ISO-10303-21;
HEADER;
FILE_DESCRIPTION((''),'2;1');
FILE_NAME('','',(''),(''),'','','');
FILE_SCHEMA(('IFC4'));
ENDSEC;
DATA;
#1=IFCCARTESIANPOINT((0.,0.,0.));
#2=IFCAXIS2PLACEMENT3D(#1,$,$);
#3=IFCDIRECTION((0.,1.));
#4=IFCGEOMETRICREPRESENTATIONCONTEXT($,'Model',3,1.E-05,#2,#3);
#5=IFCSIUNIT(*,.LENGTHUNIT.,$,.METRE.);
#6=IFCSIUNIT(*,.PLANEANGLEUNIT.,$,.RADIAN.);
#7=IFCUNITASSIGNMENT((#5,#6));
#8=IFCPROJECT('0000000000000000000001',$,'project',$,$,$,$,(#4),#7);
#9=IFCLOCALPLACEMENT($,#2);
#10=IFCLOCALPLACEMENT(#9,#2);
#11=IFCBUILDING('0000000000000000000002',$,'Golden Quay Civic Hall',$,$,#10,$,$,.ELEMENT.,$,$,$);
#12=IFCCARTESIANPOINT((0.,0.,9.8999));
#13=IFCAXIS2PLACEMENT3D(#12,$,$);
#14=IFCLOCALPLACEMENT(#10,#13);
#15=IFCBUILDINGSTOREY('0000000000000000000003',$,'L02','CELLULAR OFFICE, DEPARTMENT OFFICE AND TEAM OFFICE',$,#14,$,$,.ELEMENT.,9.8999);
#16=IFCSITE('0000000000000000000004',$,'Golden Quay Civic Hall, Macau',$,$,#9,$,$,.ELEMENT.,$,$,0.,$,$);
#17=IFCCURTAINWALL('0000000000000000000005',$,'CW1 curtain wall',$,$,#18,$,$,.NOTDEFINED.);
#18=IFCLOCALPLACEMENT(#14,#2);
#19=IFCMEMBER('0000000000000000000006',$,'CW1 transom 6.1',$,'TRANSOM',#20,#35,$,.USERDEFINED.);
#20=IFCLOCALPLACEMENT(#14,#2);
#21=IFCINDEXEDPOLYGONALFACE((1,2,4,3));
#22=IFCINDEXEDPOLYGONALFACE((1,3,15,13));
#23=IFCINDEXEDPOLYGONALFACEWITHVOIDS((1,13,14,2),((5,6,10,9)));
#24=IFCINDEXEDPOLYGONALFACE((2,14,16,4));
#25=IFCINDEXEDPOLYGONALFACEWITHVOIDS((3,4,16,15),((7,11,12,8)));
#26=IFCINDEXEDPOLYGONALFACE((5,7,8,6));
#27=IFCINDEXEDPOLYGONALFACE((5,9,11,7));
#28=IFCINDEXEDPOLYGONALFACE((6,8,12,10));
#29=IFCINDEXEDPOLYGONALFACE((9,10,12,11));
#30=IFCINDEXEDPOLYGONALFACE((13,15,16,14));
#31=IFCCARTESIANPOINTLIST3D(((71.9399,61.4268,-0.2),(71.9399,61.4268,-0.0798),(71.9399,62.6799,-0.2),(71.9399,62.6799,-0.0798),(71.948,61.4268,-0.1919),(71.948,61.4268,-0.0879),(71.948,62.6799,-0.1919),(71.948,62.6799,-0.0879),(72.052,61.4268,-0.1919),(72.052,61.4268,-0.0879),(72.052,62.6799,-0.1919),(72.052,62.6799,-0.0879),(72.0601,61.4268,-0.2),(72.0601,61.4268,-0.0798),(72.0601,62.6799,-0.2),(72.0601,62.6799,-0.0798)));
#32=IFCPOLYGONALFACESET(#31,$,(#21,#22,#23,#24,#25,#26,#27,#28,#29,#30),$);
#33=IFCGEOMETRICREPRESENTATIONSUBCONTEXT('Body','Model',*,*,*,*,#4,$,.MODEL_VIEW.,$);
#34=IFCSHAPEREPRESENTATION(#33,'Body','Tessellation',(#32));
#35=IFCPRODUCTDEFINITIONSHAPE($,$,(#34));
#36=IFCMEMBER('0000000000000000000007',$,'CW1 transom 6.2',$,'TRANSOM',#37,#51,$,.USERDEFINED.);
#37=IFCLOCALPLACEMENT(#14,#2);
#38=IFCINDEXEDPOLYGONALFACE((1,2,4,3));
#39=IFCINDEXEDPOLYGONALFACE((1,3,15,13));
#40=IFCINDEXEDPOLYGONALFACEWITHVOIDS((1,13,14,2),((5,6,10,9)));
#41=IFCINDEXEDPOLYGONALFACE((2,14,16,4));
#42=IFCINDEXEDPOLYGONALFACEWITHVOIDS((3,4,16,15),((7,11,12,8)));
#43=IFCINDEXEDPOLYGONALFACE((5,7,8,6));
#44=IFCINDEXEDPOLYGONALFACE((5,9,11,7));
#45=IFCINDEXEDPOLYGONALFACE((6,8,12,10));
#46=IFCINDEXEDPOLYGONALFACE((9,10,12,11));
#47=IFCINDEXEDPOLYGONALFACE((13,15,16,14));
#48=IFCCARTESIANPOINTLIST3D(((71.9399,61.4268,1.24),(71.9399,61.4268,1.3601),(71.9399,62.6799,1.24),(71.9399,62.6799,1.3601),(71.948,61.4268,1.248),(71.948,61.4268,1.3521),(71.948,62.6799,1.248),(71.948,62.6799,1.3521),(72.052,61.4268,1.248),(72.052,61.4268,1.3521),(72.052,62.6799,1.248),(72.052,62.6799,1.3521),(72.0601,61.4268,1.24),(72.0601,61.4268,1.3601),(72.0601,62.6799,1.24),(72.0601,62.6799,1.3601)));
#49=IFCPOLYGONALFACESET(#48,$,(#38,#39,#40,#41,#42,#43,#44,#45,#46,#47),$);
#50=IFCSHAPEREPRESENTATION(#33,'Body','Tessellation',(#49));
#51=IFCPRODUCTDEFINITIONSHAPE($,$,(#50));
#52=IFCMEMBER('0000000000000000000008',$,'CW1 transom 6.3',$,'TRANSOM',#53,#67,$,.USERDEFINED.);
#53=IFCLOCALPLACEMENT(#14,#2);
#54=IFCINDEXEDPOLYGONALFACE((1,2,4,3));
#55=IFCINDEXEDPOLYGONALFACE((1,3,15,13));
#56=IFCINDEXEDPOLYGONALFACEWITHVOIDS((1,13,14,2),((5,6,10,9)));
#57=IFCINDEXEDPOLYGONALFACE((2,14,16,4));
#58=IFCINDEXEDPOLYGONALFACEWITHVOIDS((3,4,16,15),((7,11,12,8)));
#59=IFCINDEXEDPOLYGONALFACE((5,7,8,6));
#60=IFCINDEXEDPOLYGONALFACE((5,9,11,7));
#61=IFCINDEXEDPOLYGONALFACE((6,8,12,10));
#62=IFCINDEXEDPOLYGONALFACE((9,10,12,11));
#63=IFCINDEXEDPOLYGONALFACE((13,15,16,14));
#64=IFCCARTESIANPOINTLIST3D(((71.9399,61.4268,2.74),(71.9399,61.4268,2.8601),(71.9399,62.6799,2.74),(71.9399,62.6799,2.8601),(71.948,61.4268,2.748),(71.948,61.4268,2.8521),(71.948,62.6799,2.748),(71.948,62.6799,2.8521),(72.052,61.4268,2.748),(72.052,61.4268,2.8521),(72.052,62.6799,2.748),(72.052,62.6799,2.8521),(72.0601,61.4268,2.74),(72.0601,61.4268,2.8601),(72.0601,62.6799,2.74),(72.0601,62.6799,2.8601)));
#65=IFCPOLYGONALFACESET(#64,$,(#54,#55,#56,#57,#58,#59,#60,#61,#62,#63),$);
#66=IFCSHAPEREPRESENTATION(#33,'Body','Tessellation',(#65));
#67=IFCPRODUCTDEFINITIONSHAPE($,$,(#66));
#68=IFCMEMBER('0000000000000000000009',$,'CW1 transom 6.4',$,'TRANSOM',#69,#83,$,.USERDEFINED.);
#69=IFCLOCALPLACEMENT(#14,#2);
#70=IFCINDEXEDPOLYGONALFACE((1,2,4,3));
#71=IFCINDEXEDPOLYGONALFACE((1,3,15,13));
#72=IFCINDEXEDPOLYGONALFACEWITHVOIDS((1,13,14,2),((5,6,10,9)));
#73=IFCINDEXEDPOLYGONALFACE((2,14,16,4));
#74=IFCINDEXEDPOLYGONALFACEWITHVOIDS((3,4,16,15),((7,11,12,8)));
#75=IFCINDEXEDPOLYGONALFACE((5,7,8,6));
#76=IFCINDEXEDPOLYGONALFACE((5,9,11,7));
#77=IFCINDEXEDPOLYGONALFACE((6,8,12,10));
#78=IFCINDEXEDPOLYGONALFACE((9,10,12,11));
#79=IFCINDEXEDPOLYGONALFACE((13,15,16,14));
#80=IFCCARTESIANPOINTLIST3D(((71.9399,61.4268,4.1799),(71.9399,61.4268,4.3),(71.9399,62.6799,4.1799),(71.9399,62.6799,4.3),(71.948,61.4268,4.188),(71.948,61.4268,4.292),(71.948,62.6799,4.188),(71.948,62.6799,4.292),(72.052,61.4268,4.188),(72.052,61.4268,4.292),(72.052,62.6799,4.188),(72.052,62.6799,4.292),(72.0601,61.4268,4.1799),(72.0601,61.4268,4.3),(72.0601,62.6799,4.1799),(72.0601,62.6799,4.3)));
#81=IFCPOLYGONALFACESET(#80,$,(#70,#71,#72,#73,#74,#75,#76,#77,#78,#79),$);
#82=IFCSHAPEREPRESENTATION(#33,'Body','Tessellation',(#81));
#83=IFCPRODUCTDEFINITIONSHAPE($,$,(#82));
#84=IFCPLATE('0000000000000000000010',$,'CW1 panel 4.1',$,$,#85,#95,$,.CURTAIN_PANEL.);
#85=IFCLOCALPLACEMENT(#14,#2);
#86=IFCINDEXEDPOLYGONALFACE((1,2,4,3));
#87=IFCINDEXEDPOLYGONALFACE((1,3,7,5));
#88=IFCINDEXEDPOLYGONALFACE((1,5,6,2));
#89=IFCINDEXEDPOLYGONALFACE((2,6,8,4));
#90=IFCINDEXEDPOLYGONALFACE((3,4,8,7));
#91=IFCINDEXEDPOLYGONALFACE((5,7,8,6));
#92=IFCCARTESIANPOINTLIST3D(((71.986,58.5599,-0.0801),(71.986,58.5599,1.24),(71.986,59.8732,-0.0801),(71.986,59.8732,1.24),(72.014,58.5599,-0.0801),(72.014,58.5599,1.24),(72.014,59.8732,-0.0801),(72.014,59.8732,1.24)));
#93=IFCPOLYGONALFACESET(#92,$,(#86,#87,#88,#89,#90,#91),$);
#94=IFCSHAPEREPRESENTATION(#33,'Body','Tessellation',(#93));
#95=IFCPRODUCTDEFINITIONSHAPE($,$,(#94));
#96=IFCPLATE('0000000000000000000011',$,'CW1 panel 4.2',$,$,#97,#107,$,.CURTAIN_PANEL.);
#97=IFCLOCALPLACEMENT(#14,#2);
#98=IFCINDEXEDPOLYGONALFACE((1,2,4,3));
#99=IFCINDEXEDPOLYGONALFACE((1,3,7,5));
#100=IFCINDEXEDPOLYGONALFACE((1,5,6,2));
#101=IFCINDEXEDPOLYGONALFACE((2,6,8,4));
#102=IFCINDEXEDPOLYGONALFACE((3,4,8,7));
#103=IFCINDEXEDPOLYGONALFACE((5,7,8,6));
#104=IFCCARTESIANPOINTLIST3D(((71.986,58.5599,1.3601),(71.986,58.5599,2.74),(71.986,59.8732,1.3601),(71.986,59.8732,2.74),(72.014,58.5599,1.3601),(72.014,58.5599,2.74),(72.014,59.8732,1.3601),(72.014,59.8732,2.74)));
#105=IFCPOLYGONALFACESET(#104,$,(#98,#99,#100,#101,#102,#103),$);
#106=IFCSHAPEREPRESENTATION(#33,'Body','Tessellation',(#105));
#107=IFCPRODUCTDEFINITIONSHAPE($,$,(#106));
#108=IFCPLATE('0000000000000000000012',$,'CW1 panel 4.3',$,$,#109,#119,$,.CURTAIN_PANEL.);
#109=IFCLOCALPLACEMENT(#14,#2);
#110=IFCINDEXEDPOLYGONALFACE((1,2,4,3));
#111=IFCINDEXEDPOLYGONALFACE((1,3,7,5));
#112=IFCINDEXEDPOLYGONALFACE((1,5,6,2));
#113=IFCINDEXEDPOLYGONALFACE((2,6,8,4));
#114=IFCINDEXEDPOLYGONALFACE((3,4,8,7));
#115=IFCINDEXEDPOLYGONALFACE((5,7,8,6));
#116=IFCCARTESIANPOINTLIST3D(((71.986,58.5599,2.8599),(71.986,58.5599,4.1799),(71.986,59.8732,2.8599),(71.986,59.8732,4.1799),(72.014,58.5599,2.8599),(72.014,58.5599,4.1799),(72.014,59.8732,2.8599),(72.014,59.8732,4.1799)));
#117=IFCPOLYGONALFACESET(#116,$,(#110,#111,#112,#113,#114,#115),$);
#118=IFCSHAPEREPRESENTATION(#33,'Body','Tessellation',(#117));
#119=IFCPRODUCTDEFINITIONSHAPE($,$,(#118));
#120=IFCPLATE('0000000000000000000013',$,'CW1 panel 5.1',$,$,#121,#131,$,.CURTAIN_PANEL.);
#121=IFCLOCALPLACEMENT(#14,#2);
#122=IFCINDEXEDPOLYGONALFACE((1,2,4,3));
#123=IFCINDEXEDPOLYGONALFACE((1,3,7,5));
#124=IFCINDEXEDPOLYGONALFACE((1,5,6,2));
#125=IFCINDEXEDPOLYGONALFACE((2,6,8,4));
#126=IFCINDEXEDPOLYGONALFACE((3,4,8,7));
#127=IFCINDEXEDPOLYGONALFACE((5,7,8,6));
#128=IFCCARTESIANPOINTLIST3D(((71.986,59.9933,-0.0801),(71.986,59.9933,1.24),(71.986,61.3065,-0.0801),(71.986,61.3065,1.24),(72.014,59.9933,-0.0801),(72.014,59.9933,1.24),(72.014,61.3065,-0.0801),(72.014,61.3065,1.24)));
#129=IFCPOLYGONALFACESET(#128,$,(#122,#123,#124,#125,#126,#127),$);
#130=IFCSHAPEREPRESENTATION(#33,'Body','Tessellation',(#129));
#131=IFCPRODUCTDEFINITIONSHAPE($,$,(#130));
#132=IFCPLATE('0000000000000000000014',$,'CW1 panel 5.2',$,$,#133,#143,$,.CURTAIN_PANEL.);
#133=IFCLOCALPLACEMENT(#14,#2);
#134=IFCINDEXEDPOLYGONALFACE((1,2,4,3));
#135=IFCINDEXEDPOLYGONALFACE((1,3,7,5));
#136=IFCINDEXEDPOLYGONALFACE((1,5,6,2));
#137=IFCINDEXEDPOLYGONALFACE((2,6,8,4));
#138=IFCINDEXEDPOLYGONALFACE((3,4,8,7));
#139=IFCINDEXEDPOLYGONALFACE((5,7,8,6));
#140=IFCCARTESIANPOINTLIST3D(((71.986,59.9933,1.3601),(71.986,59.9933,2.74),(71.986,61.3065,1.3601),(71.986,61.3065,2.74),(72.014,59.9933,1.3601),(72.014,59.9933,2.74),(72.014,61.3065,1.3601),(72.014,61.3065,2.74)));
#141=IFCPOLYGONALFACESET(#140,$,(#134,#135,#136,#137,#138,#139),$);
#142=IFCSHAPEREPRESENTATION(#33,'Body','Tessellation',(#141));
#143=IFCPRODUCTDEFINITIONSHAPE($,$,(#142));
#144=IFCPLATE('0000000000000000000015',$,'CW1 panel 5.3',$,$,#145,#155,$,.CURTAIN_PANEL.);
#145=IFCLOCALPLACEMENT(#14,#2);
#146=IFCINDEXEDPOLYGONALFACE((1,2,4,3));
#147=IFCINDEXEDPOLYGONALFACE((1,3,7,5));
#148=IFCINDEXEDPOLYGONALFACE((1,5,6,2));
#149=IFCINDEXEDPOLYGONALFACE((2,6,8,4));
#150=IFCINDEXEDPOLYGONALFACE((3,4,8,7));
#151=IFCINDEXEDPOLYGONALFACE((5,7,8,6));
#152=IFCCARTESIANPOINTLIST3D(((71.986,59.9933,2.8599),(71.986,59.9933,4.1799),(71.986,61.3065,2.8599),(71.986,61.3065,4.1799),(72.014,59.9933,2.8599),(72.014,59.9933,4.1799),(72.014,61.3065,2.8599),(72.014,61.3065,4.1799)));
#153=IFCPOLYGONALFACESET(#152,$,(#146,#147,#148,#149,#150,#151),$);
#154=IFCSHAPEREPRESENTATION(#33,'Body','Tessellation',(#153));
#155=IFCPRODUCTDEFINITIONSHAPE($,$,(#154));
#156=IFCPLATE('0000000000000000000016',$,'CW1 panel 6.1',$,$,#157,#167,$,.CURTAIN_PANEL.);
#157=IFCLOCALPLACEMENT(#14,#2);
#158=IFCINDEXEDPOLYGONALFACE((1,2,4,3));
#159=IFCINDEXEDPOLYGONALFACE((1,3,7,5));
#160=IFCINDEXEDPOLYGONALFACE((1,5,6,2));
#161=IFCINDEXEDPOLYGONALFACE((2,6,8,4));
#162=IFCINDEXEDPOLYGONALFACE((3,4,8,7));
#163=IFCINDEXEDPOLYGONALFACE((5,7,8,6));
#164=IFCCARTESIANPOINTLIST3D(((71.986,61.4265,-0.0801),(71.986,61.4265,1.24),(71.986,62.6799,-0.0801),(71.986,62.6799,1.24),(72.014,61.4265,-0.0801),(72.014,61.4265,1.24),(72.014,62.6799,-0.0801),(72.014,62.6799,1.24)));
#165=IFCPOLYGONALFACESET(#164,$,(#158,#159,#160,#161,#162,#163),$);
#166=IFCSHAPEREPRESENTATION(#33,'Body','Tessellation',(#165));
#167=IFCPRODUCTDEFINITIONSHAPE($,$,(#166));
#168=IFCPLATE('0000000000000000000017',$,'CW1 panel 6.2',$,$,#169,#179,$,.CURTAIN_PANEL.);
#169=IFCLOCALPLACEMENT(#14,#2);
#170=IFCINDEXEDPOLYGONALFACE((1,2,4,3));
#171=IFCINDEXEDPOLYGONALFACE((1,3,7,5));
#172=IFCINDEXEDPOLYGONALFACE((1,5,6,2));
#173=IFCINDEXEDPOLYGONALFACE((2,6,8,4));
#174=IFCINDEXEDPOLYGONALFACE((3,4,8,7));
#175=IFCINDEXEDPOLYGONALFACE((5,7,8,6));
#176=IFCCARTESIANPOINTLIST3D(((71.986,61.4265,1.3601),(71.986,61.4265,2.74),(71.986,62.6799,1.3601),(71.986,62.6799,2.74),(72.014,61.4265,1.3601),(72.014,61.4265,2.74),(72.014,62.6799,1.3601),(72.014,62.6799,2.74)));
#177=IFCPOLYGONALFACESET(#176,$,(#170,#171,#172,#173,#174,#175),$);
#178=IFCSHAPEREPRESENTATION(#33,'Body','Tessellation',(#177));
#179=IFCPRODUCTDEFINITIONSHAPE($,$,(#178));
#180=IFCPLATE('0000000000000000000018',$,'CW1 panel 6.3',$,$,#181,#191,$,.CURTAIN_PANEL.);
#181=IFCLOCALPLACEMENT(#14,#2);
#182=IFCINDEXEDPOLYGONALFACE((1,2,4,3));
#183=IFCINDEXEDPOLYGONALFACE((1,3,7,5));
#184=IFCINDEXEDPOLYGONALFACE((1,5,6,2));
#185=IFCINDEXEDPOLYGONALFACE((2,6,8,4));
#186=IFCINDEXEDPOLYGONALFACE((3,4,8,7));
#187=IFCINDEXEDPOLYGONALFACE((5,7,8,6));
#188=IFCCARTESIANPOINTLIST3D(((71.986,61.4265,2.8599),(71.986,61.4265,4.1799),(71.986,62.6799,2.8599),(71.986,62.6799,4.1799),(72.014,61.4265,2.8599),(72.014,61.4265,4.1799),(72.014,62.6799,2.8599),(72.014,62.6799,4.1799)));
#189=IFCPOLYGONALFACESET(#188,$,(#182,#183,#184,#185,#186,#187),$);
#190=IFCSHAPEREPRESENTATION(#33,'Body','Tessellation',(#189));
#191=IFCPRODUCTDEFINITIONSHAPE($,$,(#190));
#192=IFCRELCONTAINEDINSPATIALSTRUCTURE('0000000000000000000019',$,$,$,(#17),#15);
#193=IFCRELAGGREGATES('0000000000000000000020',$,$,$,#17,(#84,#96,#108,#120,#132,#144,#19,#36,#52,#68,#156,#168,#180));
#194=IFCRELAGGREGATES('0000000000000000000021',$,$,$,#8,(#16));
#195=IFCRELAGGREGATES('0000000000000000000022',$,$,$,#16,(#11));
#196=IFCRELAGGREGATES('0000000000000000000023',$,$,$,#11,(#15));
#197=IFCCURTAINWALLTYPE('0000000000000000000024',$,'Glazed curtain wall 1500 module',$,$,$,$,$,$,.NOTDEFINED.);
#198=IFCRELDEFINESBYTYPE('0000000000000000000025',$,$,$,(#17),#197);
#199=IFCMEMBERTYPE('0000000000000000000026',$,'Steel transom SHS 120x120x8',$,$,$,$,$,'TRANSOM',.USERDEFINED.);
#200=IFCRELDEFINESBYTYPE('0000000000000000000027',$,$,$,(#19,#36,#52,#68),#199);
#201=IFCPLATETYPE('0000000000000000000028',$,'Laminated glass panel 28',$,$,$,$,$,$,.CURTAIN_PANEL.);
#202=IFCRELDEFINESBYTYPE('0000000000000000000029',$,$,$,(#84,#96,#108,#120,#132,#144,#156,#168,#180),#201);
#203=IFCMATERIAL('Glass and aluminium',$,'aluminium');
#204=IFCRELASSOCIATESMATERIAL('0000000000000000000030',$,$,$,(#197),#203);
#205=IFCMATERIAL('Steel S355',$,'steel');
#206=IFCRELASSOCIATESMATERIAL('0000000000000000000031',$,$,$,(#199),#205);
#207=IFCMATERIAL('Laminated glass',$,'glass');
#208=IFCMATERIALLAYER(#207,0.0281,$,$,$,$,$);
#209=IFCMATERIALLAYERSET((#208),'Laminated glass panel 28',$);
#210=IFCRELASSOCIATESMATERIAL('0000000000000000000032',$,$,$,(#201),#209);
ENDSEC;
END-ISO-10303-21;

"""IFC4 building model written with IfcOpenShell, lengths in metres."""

from ifc_helpers import new_model, si_unit, direction, frame, origin, origin_2d, place, context, subcontext, project, spatial, rectangle, hollow_rectangle, extrude, material, layer, layer_set, material_profile, profile_set, type_object, element, aggregate, save


model = new_model("IFC4")

# Units and contexts
model_context = context("Model", 3, precision=1e-05, world=origin(), true_north=direction((0.0, 1.0)))
body_context = subcontext(model_context, "Body", "Model", "MODEL_VIEW")
ifc_project = project(units=[si_unit("LENGTHUNIT", "METRE"), si_unit("PLANEANGLEUNIT", "RADIAN")], contexts=[model_context])

# Site, building, storey
site_placement = place(None, origin())
site = spatial("IfcSite", under=ifc_project, at=site_placement, Name="Golden Quay Civic Hall, Macau", CompositionType="ELEMENT", RefElevation=0.0)
building_placement = place(site_placement, origin())
building = spatial("IfcBuilding", under=site, at=building_placement, Name="Golden Quay Civic Hall", CompositionType="ELEMENT")
storey_placement = place(building_placement, frame((0.0, 0.0, 9.8999)))
storey = spatial("IfcBuildingStorey", under=building, at=storey_placement, Name="L02", Description="CELLULAR OFFICE, DEPARTMENT OFFICE AND TEAM OFFICE", CompositionType="ELEMENT", Elevation=9.8999)

# Curtain wall, members, plates
ifc_material_1 = material(Name="Glass and aluminium", Category="aluminium")
curtain_wall_type = type_object("IfcCurtainWallType", Name="Glazed curtain wall 1500 module", PredefinedType="NOTDEFINED", material=ifc_material_1)
curtain_wall_placement = place(storey_placement, origin())
curtain_wall = element("IfcCurtainWall", 1, at=curtain_wall_placement, inside=storey, type_object=curtain_wall_type, Name="CW1 curtain wall", PredefinedType="NOTDEFINED")
ifc_material_2 = material(Name="Steel S355", Category="steel")
ifc_material_profile_1 = material_profile(ifc_material_2, hollow_rectangle(XDim=0.1201, YDim=0.1201, WallThickness=0.0081, at=origin_2d()), Name="SHS 120x120x8")
ifc_profile_set_1 = profile_set([ifc_material_profile_1], Name="Steel S355")
member_type_1 = type_object("IfcMemberType", Name="Steel transom SHS 120x120x8", ElementType="TRANSOM", PredefinedType="USERDEFINED", material=ifc_profile_set_1)
member_1_placement = place(storey_placement, frame((72.0, 61.4268, -0.1399), z_axis=(0.0, 1.0, 0.0), x_axis=(-1.0, 0.0, 0.0)))
member_1 = element("IfcMember", 2, at=member_1_placement, type_object=member_type_1, Name="CW1 transom 6.1", ObjectType="TRANSOM", PredefinedType="USERDEFINED", context=body_context, shape_type="SweptSolid", body=[
    extrude(hollow_rectangle(XDim=0.1201, YDim=0.1201, WallThickness=0.0081, at=origin_2d()), origin(), (0.0, 0.0, 1.0), 1.2532),
])
member_2_placement = place(storey_placement, frame((72.0, 61.4268, 1.3), z_axis=(0.0, 1.0, 0.0), x_axis=(-1.0, 0.0, 0.0)))
member_2 = element("IfcMember", 3, at=member_2_placement, type_object=member_type_1, Name="CW1 transom 6.2", ObjectType="TRANSOM", PredefinedType="USERDEFINED", context=body_context, shape_type="SweptSolid", body=[
    extrude(hollow_rectangle(XDim=0.1201, YDim=0.1201, WallThickness=0.0081, at=origin_2d()), origin(), (0.0, 0.0, 1.0), 1.2532),
])
member_3_placement = place(storey_placement, frame((72.0, 61.4268, 2.8), z_axis=(0.0, 1.0, 0.0), x_axis=(-1.0, 0.0, 0.0)))
member_3 = element("IfcMember", 4, at=member_3_placement, type_object=member_type_1, Name="CW1 transom 6.3", ObjectType="TRANSOM", PredefinedType="USERDEFINED", context=body_context, shape_type="SweptSolid", body=[
    extrude(hollow_rectangle(XDim=0.1201, YDim=0.1201, WallThickness=0.0081, at=origin_2d()), origin(), (0.0, 0.0, 1.0), 1.2532),
])
member_4_placement = place(storey_placement, frame((72.0, 61.4268, 4.24), z_axis=(0.0, 1.0, 0.0), x_axis=(-1.0, 0.0, 0.0)))
member_4 = element("IfcMember", 5, at=member_4_placement, type_object=member_type_1, Name="CW1 transom 6.4", ObjectType="TRANSOM", PredefinedType="USERDEFINED", context=body_context, shape_type="SweptSolid", body=[
    extrude(hollow_rectangle(XDim=0.1201, YDim=0.1201, WallThickness=0.0081, at=origin_2d()), origin(), (0.0, 0.0, 1.0), 1.2532),
])
ifc_material_3 = material(Name="Laminated glass", Category="glass")
ifc_layer = layer(ifc_material_3, 0.0281)
ifc_layer_set = layer_set([ifc_layer], Name="Laminated glass panel 28")
plate_type = type_object("IfcPlateType", Name="Laminated glass panel 28", PredefinedType="CURTAIN_PANEL", material=ifc_layer_set)
plate_1_placement = place(storey_placement, frame((72.0, 59.2166, -0.0801), z_axis=(0.0, 0.0, 1.0), x_axis=(0.0, 1.0, 0.0)))
plate_1 = element("IfcPlate", 6, at=plate_1_placement, type_object=plate_type, Name="CW1 panel 4.1", PredefinedType="CURTAIN_PANEL", context=body_context, shape_type="SweptSolid", body=[
    extrude(rectangle(XDim=1.3132, YDim=0.0281, at=origin_2d()), origin(), (0.0, 0.0, 1.0), 1.3201),
])
plate_2_placement = place(storey_placement, frame((72.0, 59.2166, 1.3601), z_axis=(0.0, 0.0, 1.0), x_axis=(0.0, 1.0, 0.0)))
plate_2 = element("IfcPlate", 7, at=plate_2_placement, type_object=plate_type, Name="CW1 panel 4.2", PredefinedType="CURTAIN_PANEL", context=body_context, shape_type="SweptSolid", body=[
    extrude(rectangle(XDim=1.3132, YDim=0.0281, at=origin_2d()), origin(), (0.0, 0.0, 1.0), 1.3799),
])
plate_3_placement = place(storey_placement, frame((72.0, 59.2166, 2.8599), z_axis=(0.0, 0.0, 1.0), x_axis=(0.0, 1.0, 0.0)))
plate_3 = element("IfcPlate", 8, at=plate_3_placement, type_object=plate_type, Name="CW1 panel 4.3", PredefinedType="CURTAIN_PANEL", context=body_context, shape_type="SweptSolid", body=[
    extrude(rectangle(XDim=1.3132, YDim=0.0281, at=origin_2d()), origin(), (0.0, 0.0, 1.0), 1.3201),
])
plate_4_placement = place(storey_placement, frame((72.0, 60.6499, -0.0801), z_axis=(0.0, 0.0, 1.0), x_axis=(0.0, 1.0, 0.0)))
plate_4 = element("IfcPlate", 9, at=plate_4_placement, type_object=plate_type, Name="CW1 panel 5.1", PredefinedType="CURTAIN_PANEL", context=body_context, shape_type="SweptSolid", body=[
    extrude(rectangle(XDim=1.3132, YDim=0.0281, at=origin_2d()), origin(), (0.0, 0.0, 1.0), 1.3201),
])
plate_5_placement = place(storey_placement, frame((72.0, 60.6499, 1.3601), z_axis=(0.0, 0.0, 1.0), x_axis=(0.0, 1.0, 0.0)))
plate_5 = element("IfcPlate", 10, at=plate_5_placement, type_object=plate_type, Name="CW1 panel 5.2", PredefinedType="CURTAIN_PANEL", context=body_context, shape_type="SweptSolid", body=[
    extrude(rectangle(XDim=1.3132, YDim=0.0281, at=origin_2d()), origin(), (0.0, 0.0, 1.0), 1.3799),
])
plate_6_placement = place(storey_placement, frame((72.0, 60.6499, 2.8599), z_axis=(0.0, 0.0, 1.0), x_axis=(0.0, 1.0, 0.0)))
plate_6 = element("IfcPlate", 11, at=plate_6_placement, type_object=plate_type, Name="CW1 panel 5.3", PredefinedType="CURTAIN_PANEL", context=body_context, shape_type="SweptSolid", body=[
    extrude(rectangle(XDim=1.3132, YDim=0.0281, at=origin_2d()), origin(), (0.0, 0.0, 1.0), 1.3201),
])
plate_7_placement = place(storey_placement, frame((72.0, 62.0532, -0.0801), z_axis=(0.0, 0.0, 1.0), x_axis=(0.0, 1.0, 0.0)))
plate_7 = element("IfcPlate", 12, at=plate_7_placement, type_object=plate_type, Name="CW1 panel 6.1", PredefinedType="CURTAIN_PANEL", context=body_context, shape_type="SweptSolid", body=[
    extrude(rectangle(XDim=1.2534, YDim=0.0281, at=origin_2d()), origin(), (0.0, 0.0, 1.0), 1.3201),
])
plate_8_placement = place(storey_placement, frame((72.0, 62.0532, 1.3601), z_axis=(0.0, 0.0, 1.0), x_axis=(0.0, 1.0, 0.0)))
plate_8 = element("IfcPlate", 13, at=plate_8_placement, type_object=plate_type, Name="CW1 panel 6.2", PredefinedType="CURTAIN_PANEL", context=body_context, shape_type="SweptSolid", body=[
    extrude(rectangle(XDim=1.2534, YDim=0.0281, at=origin_2d()), origin(), (0.0, 0.0, 1.0), 1.3799),
])
plate_9_placement = place(storey_placement, frame((72.0, 62.0532, 2.8599), z_axis=(0.0, 0.0, 1.0), x_axis=(0.0, 1.0, 0.0)))
plate_9 = element("IfcPlate", 14, at=plate_9_placement, type_object=plate_type, Name="CW1 panel 6.3", PredefinedType="CURTAIN_PANEL", context=body_context, shape_type="SweptSolid", body=[
    extrude(rectangle(XDim=1.2534, YDim=0.0281, at=origin_2d()), origin(), (0.0, 0.0, 1.0), 1.3201),
])
aggregate(curtain_wall, [plate_1, plate_2, plate_3, plate_4, plate_5, plate_6, member_1, member_2, member_3, member_4, plate_7, plate_8, plate_9])

save(model, "model.ifc")
